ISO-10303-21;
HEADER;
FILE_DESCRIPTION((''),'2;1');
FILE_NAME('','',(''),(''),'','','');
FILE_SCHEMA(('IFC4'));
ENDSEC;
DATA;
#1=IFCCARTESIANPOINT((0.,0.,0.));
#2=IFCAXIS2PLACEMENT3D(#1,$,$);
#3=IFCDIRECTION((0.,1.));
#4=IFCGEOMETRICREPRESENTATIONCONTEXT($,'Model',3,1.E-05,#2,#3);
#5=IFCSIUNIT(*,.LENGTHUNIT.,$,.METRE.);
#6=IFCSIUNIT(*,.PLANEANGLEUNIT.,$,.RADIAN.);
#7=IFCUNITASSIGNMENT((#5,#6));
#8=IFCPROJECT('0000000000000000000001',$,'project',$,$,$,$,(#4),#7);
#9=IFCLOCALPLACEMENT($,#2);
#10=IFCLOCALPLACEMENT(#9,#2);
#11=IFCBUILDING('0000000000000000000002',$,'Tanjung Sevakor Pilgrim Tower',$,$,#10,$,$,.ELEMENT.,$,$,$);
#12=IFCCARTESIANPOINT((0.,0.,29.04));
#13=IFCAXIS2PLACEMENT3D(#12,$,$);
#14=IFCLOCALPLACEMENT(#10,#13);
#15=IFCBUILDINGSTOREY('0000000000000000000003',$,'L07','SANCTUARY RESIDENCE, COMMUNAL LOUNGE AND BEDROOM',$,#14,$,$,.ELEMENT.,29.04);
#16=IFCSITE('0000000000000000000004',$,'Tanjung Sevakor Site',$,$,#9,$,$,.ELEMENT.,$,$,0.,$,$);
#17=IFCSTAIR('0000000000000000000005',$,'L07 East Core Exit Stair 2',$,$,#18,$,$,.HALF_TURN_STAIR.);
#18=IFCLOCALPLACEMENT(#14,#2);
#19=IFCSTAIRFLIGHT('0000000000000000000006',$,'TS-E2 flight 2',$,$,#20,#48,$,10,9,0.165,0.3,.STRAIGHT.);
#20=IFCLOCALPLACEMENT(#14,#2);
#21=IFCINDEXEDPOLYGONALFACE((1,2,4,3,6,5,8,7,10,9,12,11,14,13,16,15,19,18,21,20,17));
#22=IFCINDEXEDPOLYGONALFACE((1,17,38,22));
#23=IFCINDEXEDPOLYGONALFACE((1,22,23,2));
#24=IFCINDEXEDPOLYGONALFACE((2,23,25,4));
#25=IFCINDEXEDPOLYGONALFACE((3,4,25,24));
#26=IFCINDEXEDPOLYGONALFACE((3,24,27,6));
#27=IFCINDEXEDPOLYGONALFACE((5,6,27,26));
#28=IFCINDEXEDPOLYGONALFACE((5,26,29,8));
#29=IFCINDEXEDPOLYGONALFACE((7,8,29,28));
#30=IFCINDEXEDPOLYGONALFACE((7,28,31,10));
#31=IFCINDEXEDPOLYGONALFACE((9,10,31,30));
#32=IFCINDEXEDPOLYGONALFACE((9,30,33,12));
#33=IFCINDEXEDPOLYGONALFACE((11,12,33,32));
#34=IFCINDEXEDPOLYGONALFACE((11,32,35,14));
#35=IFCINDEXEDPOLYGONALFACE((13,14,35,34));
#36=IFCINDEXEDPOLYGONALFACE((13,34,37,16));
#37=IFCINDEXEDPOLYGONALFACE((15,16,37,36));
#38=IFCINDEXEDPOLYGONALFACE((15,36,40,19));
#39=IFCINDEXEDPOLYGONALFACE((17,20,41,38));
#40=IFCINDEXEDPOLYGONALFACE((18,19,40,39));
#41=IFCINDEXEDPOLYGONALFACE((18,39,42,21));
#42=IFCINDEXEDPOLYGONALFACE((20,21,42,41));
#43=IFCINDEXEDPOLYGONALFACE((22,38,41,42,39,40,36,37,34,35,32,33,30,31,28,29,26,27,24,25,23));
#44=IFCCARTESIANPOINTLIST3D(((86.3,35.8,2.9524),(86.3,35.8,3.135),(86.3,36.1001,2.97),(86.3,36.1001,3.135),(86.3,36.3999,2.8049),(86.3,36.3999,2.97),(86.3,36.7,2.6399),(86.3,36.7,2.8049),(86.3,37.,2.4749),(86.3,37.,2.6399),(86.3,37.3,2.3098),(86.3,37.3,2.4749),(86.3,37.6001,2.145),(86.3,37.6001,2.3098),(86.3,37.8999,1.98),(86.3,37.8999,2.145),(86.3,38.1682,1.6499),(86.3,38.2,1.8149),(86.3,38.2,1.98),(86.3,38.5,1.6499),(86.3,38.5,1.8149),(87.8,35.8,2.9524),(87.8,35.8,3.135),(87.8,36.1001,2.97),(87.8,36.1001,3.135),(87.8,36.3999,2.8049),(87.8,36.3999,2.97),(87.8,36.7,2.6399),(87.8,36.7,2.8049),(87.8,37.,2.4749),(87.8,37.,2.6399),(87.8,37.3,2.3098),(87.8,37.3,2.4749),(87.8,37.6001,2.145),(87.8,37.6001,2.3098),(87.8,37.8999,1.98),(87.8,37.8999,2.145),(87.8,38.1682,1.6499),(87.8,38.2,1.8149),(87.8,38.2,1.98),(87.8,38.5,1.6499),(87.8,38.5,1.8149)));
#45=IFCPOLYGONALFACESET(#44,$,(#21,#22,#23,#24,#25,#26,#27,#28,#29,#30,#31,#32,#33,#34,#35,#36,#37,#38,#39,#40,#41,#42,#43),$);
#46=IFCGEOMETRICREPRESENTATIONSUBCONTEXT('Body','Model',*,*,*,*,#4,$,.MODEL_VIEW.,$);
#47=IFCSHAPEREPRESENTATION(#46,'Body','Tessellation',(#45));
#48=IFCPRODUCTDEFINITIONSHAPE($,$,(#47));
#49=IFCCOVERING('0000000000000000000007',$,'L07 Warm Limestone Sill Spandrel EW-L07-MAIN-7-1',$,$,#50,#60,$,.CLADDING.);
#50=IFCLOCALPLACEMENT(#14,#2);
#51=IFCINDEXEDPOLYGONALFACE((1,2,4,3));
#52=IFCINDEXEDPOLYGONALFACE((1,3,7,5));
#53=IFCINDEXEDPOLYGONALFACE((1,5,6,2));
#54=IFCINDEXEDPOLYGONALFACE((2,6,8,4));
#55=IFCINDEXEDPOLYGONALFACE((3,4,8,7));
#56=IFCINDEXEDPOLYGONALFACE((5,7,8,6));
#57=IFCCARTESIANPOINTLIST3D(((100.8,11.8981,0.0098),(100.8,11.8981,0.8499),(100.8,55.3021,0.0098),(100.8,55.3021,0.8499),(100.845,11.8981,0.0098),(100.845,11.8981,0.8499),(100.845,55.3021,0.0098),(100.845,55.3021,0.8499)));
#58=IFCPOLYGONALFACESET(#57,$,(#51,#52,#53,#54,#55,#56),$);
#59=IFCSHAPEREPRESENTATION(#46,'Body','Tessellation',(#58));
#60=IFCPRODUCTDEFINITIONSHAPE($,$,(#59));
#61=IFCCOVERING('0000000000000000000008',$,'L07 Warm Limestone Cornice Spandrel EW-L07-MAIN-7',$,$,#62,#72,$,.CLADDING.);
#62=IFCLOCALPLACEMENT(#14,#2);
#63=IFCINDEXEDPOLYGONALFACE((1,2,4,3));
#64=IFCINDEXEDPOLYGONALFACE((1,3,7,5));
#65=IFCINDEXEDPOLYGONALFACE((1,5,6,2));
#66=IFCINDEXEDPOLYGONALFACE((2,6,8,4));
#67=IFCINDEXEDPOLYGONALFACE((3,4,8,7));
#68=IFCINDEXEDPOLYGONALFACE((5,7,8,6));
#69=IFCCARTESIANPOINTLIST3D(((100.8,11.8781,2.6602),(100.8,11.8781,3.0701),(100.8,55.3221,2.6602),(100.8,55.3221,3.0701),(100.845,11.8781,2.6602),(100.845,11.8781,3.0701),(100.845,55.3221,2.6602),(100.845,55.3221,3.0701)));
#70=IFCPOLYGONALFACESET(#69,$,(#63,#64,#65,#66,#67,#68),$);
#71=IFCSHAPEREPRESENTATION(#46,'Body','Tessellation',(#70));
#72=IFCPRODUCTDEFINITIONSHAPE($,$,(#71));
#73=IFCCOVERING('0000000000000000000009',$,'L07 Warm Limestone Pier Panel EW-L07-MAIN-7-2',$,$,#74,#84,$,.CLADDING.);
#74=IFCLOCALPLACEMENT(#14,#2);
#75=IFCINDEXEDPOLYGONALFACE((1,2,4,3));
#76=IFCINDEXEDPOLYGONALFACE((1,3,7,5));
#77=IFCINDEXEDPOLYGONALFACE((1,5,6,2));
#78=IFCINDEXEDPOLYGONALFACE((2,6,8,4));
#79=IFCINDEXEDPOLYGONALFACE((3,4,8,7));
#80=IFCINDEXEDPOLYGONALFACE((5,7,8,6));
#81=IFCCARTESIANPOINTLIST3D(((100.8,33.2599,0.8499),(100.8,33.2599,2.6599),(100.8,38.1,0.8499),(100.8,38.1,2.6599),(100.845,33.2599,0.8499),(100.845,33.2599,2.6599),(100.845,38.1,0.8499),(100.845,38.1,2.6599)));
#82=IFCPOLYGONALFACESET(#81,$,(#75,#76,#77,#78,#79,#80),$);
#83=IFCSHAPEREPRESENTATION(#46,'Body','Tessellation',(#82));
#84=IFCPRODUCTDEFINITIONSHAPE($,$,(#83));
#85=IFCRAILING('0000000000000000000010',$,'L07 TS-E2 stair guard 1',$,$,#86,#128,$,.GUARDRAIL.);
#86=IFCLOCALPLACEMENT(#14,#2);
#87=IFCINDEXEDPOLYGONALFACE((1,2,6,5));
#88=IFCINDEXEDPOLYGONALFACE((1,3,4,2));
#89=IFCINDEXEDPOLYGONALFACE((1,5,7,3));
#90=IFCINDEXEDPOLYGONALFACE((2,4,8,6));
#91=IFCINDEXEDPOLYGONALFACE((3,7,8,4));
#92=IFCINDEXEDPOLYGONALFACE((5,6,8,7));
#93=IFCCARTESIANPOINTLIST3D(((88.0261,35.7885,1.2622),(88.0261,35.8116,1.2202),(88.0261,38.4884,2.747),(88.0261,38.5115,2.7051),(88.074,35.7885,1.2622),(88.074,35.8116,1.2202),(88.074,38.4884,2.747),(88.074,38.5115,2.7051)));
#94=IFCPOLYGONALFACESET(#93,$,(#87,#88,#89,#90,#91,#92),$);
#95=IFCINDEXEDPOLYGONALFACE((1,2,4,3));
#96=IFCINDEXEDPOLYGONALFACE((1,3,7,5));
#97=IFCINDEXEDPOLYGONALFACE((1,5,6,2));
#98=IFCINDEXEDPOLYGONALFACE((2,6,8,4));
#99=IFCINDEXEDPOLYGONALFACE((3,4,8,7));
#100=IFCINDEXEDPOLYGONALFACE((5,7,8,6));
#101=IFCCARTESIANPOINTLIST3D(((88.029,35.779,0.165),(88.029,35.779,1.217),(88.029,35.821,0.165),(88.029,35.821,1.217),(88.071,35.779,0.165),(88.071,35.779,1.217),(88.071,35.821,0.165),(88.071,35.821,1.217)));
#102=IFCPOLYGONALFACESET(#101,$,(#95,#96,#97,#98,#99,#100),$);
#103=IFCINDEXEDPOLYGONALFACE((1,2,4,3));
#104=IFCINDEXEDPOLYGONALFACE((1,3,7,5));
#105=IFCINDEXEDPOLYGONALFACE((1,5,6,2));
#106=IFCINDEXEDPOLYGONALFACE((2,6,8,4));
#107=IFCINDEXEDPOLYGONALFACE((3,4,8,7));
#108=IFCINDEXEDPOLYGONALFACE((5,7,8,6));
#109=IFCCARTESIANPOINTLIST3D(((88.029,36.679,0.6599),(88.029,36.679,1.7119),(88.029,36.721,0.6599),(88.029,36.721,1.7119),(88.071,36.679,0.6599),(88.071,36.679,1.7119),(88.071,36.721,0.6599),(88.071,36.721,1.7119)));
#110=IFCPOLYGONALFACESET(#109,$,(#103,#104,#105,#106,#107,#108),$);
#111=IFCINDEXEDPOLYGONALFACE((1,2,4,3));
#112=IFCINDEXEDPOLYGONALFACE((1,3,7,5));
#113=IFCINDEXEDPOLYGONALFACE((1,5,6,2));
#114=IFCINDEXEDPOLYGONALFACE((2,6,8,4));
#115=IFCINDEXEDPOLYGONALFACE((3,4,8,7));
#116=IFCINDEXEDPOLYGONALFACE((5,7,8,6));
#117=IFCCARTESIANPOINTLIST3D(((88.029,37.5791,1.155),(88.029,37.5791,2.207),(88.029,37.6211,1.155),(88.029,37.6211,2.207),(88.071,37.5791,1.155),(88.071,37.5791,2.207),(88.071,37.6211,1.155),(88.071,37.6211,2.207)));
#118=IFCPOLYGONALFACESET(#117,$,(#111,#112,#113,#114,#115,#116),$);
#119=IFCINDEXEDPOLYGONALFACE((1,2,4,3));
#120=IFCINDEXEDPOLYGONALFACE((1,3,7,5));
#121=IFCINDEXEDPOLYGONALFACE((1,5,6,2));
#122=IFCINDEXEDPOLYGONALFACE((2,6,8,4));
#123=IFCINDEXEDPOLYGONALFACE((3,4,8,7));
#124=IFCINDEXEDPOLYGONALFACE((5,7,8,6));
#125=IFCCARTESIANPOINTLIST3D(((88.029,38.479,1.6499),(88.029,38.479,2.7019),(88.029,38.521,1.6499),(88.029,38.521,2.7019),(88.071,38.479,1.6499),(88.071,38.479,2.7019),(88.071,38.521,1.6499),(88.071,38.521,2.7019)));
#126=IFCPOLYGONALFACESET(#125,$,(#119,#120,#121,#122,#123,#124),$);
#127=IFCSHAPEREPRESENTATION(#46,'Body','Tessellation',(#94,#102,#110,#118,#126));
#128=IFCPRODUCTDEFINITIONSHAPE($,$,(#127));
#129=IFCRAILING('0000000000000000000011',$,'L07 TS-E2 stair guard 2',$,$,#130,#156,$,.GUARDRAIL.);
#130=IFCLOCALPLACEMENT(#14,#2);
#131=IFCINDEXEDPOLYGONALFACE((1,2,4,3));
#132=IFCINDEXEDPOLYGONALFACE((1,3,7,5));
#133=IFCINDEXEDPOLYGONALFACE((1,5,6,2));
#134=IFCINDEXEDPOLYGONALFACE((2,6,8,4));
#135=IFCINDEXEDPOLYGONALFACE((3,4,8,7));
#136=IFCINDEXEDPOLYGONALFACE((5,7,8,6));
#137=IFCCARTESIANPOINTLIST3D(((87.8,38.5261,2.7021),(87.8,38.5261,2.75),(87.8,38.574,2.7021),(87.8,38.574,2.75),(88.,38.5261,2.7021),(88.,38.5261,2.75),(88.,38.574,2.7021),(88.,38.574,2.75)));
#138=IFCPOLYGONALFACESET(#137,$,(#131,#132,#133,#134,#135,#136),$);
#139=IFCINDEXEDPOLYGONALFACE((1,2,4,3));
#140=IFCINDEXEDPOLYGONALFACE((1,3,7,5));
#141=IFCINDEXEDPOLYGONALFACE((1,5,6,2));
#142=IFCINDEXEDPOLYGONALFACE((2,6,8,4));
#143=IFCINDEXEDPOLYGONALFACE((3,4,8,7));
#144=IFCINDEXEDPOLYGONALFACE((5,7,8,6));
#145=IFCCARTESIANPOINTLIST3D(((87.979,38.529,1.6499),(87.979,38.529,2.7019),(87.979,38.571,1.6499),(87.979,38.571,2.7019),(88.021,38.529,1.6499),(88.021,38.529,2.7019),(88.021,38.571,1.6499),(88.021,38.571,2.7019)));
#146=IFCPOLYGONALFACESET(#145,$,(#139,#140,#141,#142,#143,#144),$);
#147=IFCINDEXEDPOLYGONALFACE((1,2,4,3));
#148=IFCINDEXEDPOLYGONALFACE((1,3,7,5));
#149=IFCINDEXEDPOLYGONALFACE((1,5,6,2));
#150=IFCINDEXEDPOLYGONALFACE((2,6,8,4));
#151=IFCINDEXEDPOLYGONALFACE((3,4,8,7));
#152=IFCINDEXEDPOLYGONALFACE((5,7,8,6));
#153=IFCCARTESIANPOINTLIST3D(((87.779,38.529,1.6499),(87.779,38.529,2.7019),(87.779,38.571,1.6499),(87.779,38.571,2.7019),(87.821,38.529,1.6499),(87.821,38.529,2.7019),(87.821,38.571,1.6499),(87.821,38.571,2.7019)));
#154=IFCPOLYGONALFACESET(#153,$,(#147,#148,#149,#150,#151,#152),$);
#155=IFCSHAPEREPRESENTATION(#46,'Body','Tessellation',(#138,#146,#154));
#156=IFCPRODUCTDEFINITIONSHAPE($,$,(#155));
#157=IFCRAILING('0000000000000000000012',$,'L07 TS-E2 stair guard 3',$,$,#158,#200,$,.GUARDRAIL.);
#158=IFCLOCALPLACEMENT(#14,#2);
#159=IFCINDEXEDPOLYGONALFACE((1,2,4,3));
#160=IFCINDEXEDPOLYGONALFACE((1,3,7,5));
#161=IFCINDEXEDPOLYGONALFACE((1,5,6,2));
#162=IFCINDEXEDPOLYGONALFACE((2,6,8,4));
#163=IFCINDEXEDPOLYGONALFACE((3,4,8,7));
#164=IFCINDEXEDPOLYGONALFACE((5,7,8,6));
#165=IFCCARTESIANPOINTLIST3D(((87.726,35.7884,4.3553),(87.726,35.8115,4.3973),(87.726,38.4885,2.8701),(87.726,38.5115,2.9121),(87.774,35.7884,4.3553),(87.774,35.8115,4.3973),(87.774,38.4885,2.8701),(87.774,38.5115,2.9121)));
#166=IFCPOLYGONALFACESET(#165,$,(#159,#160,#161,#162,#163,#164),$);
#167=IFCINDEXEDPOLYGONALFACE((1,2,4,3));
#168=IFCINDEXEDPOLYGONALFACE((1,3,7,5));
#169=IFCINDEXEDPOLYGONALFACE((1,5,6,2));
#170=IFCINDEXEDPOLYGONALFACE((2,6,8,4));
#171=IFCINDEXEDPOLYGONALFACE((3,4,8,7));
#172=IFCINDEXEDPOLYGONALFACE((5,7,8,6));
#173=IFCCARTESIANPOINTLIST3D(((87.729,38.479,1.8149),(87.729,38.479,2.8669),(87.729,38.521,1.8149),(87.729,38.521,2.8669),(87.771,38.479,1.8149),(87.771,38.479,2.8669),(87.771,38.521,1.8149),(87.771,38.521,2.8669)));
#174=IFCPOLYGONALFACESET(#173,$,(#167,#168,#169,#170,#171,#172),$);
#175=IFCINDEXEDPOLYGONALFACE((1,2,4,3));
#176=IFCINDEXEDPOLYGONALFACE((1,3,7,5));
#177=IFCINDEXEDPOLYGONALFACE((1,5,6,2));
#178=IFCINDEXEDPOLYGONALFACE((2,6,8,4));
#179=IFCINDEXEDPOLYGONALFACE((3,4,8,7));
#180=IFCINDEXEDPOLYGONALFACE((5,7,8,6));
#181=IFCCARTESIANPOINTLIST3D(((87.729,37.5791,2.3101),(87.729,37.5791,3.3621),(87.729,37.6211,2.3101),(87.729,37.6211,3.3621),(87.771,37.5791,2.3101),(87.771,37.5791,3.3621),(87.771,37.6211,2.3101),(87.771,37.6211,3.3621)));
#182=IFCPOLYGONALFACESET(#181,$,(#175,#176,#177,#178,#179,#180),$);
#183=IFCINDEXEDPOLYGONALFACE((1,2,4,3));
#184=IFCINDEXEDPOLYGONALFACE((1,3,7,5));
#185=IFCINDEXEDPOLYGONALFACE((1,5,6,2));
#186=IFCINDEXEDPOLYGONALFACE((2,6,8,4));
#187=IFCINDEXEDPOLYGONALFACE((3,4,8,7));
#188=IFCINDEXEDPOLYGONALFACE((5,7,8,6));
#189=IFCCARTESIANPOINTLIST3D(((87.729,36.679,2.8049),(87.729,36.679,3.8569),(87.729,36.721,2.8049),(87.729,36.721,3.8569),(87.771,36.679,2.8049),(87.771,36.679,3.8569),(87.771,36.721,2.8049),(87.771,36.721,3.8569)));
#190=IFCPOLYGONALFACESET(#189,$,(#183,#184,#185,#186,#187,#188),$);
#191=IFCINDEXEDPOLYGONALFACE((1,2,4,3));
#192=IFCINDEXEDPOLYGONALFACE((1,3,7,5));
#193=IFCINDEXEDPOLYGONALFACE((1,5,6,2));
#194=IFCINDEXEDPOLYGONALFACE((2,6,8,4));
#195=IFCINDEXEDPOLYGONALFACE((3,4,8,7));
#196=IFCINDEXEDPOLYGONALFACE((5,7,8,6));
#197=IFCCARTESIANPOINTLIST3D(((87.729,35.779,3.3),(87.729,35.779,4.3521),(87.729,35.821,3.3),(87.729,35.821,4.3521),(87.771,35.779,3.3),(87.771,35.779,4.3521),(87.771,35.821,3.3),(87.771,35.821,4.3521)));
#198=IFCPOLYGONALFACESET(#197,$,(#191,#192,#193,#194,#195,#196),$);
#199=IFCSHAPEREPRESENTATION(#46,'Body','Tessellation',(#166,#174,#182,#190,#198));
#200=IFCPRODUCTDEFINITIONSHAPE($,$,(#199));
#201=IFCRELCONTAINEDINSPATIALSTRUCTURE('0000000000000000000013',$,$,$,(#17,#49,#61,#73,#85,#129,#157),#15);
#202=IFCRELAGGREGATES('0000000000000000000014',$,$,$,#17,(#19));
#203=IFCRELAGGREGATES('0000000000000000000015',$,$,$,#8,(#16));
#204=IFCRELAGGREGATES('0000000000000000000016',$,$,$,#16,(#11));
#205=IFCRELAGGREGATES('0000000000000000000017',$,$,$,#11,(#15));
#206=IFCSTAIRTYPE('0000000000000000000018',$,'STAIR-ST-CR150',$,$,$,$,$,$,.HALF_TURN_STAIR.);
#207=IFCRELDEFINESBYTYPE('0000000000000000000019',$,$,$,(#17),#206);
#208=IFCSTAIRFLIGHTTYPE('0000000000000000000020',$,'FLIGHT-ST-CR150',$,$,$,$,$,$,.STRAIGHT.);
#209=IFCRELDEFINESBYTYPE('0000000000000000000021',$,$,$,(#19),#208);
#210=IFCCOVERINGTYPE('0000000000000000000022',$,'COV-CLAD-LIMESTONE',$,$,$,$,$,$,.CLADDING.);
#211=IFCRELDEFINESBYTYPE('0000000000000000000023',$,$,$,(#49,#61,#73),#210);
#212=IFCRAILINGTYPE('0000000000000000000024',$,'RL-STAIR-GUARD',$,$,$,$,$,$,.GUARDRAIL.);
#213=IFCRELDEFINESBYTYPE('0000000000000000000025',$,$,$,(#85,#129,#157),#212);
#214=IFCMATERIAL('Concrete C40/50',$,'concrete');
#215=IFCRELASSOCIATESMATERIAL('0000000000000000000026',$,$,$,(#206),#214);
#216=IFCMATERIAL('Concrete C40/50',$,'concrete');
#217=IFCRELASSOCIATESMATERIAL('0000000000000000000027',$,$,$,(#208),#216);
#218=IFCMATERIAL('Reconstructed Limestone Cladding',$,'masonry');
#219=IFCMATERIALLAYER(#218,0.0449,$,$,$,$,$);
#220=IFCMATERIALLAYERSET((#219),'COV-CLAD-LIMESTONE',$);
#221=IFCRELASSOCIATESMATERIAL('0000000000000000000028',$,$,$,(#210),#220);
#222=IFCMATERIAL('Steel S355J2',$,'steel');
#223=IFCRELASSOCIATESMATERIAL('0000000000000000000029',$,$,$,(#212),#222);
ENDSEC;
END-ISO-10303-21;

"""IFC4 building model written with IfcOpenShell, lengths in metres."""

from ifc_helpers import new_model, si_unit, direction, frame, origin, origin_2d, place, context, subcontext, project, spatial, polyline, rectangle, outline, extrude, material, layer, layer_set, type_object, element, aggregate, save


model = new_model("IFC4")

# Units and contexts
model_context = context("Model", 3, precision=1e-05, world=origin(), true_north=direction((0.0, 1.0)))
body_context = subcontext(model_context, "Body", "Model", "MODEL_VIEW")
ifc_project = project(units=[si_unit("LENGTHUNIT", "METRE"), si_unit("PLANEANGLEUNIT", "RADIAN")], contexts=[model_context])

# Site, building, storey
site_placement = place(None, origin())
site = spatial("IfcSite", under=ifc_project, at=site_placement, Name="Tanjung Sevakor Site", CompositionType="ELEMENT", RefElevation=0.0)
building_placement = place(site_placement, origin())
building = spatial("IfcBuilding", under=site, at=building_placement, Name="Tanjung Sevakor Pilgrim Tower", CompositionType="ELEMENT")
storey_placement = place(building_placement, frame((0.0, 0.0, 29.04)))
storey = spatial("IfcBuildingStorey", under=building, at=storey_placement, Name="L07", Description="SANCTUARY RESIDENCE, COMMUNAL LOUNGE AND BEDROOM", CompositionType="ELEMENT", Elevation=29.04)

# Stair, stair flight
ifc_material_1 = material(Name="Concrete C40/50", Category="concrete")
stair_type = type_object("IfcStairType", Name="STAIR-ST-CR150", PredefinedType="HALF_TURN_STAIR", material=ifc_material_1)
stair_placement = place(storey_placement, origin())
stair = element("IfcStair", 1, at=stair_placement, inside=storey, type_object=stair_type, Name="L07 East Core Exit Stair 2", PredefinedType="HALF_TURN_STAIR")
ifc_material_2 = material(Name="Concrete C40/50", Category="concrete")
stair_flight_type = type_object("IfcStairFlightType", Name="FLIGHT-ST-CR150", PredefinedType="STRAIGHT", material=ifc_material_2)
stair_flight_1_placement = place(storey_placement, frame((87.05, 38.5, 1.6499), z_axis=(0.0, 0.0, 1.0), x_axis=(0.0, -1.0, 0.0)))
stair_flight_1 = element("IfcStairFlight", 2, at=stair_flight_1_placement, type_object=stair_flight_type, Name="TS-E2 flight 2", NumberOfRisers=10, NumberOfTreads=9, PredefinedType="STRAIGHT", RiserHeight=0.165, TreadLength=0.3, context=body_context, shape_type="SweptSolid", body=[
    extrude(outline(polyline([(0.0, 0.0), (0.0, 0.165), (0.3, 0.165), (0.3, 0.3301), (0.6001, 0.3301), (0.6001, 0.4951), (0.8999, 0.4951), (0.8999, 0.6599), (1.2, 0.6599), (1.2, 0.825), (1.5, 0.825), (1.5, 0.99), (1.8, 0.99), (1.8, 1.155), (2.1001, 1.155), (2.1001, 1.3201), (2.3999, 1.3201), (2.3999, 1.4851), (2.7, 1.4851), (2.7, 1.6499), (2.7, 1.3025), (0.3318, 0.0), (0.0, 0.0)])), frame((0.0, 0.75, 0.0), z_axis=(0.0, -1.0, 0.0), x_axis=(1.0, 0.0, 0.0)), (0.0, 0.0, 1.0), 1.5),
])
aggregate(stair, [stair_flight_1])

# Coverings
ifc_material_3 = material(Name="Reconstructed Limestone Cladding", Category="masonry")
ifc_layer_1 = layer(ifc_material_3, 0.0449)
ifc_layer_set_1 = layer_set([ifc_layer_1], Name="COV-CLAD-LIMESTONE")
covering_type = type_object("IfcCoveringType", Name="COV-CLAD-LIMESTONE", PredefinedType="CLADDING", material=ifc_layer_set_1)
covering_1_placement = place(storey_placement, frame((100.8225, 33.6001, 0.0098), z_axis=(0.0, 0.0, 1.0), x_axis=(0.0, 1.0, 0.0)))
element("IfcCovering", 3, at=covering_1_placement, inside=storey, type_object=covering_type, Name="L07 Warm Limestone Sill Spandrel EW-L07-MAIN-7-1", PredefinedType="CLADDING", context=body_context, shape_type="SweptSolid", body=[
    extrude(rectangle(XDim=43.4041, YDim=0.0449, at=origin_2d()), origin(), (0.0, 0.0, 1.0), 0.8401),
])
covering_2_placement = place(storey_placement, frame((100.8225, 33.6001, 2.6602), z_axis=(0.0, 0.0, 1.0), x_axis=(0.0, 1.0, 0.0)))
element("IfcCovering", 4, at=covering_2_placement, inside=storey, type_object=covering_type, Name="L07 Warm Limestone Cornice Spandrel EW-L07-MAIN-7", PredefinedType="CLADDING", context=body_context, shape_type="SweptSolid", body=[
    extrude(rectangle(XDim=43.4441, YDim=0.0449, at=origin_2d()), origin(), (0.0, 0.0, 1.0), 0.4099),
])
covering_3_placement = place(storey_placement, frame((100.8225, 35.6799, 0.8499), z_axis=(0.0, 0.0, 1.0), x_axis=(0.0, 1.0, 0.0)))
element("IfcCovering", 5, at=covering_3_placement, inside=storey, type_object=covering_type, Name="L07 Warm Limestone Pier Panel EW-L07-MAIN-7-2", PredefinedType="CLADDING", context=body_context, shape_type="SweptSolid", body=[
    extrude(rectangle(XDim=4.8401, YDim=0.0449, at=origin_2d()), origin(), (0.0, 0.0, 1.0), 1.8101),
])

# Railings
ifc_material_4 = material(Name="Steel S355J2", Category="steel")
railing_type_1 = type_object("IfcRailingType", Name="RL-STAIR-GUARD", PredefinedType="GUARDRAIL", material=ifc_material_4)
railing_1_placement = place(storey_placement, frame((88.05, 35.8, 0.165)))
element("IfcRailing", 6, at=railing_1_placement, inside=storey, type_object=railing_type_1, Name="L07 TS-E2 stair guard 1", PredefinedType="GUARDRAIL", context=body_context, shape_type="SweptSolid", body=[
    extrude(rectangle(XDim=0.0479, YDim=0.0479), frame((0.0, 0.0, 1.0762), z_axis=(0.0, 0.876231, 0.481891), x_axis=(-1.0, 0.0, 0.0)), (0.0, 0.0, 1.0), 3.0813),
    extrude(rectangle(XDim=0.042, YDim=0.042), origin(), (0.0, 0.0, 1.0), 1.052),
    extrude(rectangle(XDim=0.042, YDim=0.042), frame((0.0, 0.8999, 0.4949)), (0.0, 0.0, 1.0), 1.052),
    extrude(rectangle(XDim=0.042, YDim=0.042), frame((0.0, 1.8, 0.99)), (0.0, 0.0, 1.0), 1.052),
    extrude(rectangle(XDim=0.042, YDim=0.042), frame((0.0, 2.7, 1.4849)), (0.0, 0.0, 1.0), 1.052),
])
railing_2_placement = place(storey_placement, frame((88.0, 38.55, 1.6499)))
element("IfcRailing", 7, at=railing_2_placement, inside=storey, type_object=railing_type_1, Name="L07 TS-E2 stair guard 2", PredefinedType="GUARDRAIL", context=body_context, shape_type="SweptSolid", body=[
    extrude(rectangle(XDim=0.0479, YDim=0.0479), frame((0.0, 0.0, 1.0762), z_axis=(-1.0, 0.0, 0.0), x_axis=(0.0, -1.0, 0.0)), (0.0, 0.0, 1.0), 0.2),
    extrude(rectangle(XDim=0.042, YDim=0.042), origin(), (0.0, 0.0, 1.0), 1.052),
    extrude(rectangle(XDim=0.042, YDim=0.042), frame((-0.2, 0.0, 0.0)), (0.0, 0.0, 1.0), 1.052),
])
railing_3_placement = place(storey_placement, frame((87.75, 38.5, 1.8149)))
element("IfcRailing", 8, at=railing_3_placement, inside=storey, type_object=railing_type_1, Name="L07 TS-E2 stair guard 3", PredefinedType="GUARDRAIL", context=body_context, shape_type="SweptSolid", body=[
    extrude(rectangle(XDim=0.0479, YDim=0.0479), frame((0.0, 0.0, 1.0762), z_axis=(0.0, -0.876198, 0.481952), x_axis=(1.0, 0.0, 0.0)), (0.0, 0.0, 1.0), 3.0815),
    extrude(rectangle(XDim=0.042, YDim=0.042), origin(), (0.0, 0.0, 1.0), 1.052),
    extrude(rectangle(XDim=0.042, YDim=0.042), frame((0.0, -0.8999, 0.4951)), (0.0, 0.0, 1.0), 1.052),
    extrude(rectangle(XDim=0.042, YDim=0.042), frame((0.0, -1.8, 0.99)), (0.0, 0.0, 1.0), 1.052),
    extrude(rectangle(XDim=0.042, YDim=0.042), frame((0.0, -2.7, 1.4851)), (0.0, 0.0, 1.0), 1.052),
])

save(model, "model.ifc")
